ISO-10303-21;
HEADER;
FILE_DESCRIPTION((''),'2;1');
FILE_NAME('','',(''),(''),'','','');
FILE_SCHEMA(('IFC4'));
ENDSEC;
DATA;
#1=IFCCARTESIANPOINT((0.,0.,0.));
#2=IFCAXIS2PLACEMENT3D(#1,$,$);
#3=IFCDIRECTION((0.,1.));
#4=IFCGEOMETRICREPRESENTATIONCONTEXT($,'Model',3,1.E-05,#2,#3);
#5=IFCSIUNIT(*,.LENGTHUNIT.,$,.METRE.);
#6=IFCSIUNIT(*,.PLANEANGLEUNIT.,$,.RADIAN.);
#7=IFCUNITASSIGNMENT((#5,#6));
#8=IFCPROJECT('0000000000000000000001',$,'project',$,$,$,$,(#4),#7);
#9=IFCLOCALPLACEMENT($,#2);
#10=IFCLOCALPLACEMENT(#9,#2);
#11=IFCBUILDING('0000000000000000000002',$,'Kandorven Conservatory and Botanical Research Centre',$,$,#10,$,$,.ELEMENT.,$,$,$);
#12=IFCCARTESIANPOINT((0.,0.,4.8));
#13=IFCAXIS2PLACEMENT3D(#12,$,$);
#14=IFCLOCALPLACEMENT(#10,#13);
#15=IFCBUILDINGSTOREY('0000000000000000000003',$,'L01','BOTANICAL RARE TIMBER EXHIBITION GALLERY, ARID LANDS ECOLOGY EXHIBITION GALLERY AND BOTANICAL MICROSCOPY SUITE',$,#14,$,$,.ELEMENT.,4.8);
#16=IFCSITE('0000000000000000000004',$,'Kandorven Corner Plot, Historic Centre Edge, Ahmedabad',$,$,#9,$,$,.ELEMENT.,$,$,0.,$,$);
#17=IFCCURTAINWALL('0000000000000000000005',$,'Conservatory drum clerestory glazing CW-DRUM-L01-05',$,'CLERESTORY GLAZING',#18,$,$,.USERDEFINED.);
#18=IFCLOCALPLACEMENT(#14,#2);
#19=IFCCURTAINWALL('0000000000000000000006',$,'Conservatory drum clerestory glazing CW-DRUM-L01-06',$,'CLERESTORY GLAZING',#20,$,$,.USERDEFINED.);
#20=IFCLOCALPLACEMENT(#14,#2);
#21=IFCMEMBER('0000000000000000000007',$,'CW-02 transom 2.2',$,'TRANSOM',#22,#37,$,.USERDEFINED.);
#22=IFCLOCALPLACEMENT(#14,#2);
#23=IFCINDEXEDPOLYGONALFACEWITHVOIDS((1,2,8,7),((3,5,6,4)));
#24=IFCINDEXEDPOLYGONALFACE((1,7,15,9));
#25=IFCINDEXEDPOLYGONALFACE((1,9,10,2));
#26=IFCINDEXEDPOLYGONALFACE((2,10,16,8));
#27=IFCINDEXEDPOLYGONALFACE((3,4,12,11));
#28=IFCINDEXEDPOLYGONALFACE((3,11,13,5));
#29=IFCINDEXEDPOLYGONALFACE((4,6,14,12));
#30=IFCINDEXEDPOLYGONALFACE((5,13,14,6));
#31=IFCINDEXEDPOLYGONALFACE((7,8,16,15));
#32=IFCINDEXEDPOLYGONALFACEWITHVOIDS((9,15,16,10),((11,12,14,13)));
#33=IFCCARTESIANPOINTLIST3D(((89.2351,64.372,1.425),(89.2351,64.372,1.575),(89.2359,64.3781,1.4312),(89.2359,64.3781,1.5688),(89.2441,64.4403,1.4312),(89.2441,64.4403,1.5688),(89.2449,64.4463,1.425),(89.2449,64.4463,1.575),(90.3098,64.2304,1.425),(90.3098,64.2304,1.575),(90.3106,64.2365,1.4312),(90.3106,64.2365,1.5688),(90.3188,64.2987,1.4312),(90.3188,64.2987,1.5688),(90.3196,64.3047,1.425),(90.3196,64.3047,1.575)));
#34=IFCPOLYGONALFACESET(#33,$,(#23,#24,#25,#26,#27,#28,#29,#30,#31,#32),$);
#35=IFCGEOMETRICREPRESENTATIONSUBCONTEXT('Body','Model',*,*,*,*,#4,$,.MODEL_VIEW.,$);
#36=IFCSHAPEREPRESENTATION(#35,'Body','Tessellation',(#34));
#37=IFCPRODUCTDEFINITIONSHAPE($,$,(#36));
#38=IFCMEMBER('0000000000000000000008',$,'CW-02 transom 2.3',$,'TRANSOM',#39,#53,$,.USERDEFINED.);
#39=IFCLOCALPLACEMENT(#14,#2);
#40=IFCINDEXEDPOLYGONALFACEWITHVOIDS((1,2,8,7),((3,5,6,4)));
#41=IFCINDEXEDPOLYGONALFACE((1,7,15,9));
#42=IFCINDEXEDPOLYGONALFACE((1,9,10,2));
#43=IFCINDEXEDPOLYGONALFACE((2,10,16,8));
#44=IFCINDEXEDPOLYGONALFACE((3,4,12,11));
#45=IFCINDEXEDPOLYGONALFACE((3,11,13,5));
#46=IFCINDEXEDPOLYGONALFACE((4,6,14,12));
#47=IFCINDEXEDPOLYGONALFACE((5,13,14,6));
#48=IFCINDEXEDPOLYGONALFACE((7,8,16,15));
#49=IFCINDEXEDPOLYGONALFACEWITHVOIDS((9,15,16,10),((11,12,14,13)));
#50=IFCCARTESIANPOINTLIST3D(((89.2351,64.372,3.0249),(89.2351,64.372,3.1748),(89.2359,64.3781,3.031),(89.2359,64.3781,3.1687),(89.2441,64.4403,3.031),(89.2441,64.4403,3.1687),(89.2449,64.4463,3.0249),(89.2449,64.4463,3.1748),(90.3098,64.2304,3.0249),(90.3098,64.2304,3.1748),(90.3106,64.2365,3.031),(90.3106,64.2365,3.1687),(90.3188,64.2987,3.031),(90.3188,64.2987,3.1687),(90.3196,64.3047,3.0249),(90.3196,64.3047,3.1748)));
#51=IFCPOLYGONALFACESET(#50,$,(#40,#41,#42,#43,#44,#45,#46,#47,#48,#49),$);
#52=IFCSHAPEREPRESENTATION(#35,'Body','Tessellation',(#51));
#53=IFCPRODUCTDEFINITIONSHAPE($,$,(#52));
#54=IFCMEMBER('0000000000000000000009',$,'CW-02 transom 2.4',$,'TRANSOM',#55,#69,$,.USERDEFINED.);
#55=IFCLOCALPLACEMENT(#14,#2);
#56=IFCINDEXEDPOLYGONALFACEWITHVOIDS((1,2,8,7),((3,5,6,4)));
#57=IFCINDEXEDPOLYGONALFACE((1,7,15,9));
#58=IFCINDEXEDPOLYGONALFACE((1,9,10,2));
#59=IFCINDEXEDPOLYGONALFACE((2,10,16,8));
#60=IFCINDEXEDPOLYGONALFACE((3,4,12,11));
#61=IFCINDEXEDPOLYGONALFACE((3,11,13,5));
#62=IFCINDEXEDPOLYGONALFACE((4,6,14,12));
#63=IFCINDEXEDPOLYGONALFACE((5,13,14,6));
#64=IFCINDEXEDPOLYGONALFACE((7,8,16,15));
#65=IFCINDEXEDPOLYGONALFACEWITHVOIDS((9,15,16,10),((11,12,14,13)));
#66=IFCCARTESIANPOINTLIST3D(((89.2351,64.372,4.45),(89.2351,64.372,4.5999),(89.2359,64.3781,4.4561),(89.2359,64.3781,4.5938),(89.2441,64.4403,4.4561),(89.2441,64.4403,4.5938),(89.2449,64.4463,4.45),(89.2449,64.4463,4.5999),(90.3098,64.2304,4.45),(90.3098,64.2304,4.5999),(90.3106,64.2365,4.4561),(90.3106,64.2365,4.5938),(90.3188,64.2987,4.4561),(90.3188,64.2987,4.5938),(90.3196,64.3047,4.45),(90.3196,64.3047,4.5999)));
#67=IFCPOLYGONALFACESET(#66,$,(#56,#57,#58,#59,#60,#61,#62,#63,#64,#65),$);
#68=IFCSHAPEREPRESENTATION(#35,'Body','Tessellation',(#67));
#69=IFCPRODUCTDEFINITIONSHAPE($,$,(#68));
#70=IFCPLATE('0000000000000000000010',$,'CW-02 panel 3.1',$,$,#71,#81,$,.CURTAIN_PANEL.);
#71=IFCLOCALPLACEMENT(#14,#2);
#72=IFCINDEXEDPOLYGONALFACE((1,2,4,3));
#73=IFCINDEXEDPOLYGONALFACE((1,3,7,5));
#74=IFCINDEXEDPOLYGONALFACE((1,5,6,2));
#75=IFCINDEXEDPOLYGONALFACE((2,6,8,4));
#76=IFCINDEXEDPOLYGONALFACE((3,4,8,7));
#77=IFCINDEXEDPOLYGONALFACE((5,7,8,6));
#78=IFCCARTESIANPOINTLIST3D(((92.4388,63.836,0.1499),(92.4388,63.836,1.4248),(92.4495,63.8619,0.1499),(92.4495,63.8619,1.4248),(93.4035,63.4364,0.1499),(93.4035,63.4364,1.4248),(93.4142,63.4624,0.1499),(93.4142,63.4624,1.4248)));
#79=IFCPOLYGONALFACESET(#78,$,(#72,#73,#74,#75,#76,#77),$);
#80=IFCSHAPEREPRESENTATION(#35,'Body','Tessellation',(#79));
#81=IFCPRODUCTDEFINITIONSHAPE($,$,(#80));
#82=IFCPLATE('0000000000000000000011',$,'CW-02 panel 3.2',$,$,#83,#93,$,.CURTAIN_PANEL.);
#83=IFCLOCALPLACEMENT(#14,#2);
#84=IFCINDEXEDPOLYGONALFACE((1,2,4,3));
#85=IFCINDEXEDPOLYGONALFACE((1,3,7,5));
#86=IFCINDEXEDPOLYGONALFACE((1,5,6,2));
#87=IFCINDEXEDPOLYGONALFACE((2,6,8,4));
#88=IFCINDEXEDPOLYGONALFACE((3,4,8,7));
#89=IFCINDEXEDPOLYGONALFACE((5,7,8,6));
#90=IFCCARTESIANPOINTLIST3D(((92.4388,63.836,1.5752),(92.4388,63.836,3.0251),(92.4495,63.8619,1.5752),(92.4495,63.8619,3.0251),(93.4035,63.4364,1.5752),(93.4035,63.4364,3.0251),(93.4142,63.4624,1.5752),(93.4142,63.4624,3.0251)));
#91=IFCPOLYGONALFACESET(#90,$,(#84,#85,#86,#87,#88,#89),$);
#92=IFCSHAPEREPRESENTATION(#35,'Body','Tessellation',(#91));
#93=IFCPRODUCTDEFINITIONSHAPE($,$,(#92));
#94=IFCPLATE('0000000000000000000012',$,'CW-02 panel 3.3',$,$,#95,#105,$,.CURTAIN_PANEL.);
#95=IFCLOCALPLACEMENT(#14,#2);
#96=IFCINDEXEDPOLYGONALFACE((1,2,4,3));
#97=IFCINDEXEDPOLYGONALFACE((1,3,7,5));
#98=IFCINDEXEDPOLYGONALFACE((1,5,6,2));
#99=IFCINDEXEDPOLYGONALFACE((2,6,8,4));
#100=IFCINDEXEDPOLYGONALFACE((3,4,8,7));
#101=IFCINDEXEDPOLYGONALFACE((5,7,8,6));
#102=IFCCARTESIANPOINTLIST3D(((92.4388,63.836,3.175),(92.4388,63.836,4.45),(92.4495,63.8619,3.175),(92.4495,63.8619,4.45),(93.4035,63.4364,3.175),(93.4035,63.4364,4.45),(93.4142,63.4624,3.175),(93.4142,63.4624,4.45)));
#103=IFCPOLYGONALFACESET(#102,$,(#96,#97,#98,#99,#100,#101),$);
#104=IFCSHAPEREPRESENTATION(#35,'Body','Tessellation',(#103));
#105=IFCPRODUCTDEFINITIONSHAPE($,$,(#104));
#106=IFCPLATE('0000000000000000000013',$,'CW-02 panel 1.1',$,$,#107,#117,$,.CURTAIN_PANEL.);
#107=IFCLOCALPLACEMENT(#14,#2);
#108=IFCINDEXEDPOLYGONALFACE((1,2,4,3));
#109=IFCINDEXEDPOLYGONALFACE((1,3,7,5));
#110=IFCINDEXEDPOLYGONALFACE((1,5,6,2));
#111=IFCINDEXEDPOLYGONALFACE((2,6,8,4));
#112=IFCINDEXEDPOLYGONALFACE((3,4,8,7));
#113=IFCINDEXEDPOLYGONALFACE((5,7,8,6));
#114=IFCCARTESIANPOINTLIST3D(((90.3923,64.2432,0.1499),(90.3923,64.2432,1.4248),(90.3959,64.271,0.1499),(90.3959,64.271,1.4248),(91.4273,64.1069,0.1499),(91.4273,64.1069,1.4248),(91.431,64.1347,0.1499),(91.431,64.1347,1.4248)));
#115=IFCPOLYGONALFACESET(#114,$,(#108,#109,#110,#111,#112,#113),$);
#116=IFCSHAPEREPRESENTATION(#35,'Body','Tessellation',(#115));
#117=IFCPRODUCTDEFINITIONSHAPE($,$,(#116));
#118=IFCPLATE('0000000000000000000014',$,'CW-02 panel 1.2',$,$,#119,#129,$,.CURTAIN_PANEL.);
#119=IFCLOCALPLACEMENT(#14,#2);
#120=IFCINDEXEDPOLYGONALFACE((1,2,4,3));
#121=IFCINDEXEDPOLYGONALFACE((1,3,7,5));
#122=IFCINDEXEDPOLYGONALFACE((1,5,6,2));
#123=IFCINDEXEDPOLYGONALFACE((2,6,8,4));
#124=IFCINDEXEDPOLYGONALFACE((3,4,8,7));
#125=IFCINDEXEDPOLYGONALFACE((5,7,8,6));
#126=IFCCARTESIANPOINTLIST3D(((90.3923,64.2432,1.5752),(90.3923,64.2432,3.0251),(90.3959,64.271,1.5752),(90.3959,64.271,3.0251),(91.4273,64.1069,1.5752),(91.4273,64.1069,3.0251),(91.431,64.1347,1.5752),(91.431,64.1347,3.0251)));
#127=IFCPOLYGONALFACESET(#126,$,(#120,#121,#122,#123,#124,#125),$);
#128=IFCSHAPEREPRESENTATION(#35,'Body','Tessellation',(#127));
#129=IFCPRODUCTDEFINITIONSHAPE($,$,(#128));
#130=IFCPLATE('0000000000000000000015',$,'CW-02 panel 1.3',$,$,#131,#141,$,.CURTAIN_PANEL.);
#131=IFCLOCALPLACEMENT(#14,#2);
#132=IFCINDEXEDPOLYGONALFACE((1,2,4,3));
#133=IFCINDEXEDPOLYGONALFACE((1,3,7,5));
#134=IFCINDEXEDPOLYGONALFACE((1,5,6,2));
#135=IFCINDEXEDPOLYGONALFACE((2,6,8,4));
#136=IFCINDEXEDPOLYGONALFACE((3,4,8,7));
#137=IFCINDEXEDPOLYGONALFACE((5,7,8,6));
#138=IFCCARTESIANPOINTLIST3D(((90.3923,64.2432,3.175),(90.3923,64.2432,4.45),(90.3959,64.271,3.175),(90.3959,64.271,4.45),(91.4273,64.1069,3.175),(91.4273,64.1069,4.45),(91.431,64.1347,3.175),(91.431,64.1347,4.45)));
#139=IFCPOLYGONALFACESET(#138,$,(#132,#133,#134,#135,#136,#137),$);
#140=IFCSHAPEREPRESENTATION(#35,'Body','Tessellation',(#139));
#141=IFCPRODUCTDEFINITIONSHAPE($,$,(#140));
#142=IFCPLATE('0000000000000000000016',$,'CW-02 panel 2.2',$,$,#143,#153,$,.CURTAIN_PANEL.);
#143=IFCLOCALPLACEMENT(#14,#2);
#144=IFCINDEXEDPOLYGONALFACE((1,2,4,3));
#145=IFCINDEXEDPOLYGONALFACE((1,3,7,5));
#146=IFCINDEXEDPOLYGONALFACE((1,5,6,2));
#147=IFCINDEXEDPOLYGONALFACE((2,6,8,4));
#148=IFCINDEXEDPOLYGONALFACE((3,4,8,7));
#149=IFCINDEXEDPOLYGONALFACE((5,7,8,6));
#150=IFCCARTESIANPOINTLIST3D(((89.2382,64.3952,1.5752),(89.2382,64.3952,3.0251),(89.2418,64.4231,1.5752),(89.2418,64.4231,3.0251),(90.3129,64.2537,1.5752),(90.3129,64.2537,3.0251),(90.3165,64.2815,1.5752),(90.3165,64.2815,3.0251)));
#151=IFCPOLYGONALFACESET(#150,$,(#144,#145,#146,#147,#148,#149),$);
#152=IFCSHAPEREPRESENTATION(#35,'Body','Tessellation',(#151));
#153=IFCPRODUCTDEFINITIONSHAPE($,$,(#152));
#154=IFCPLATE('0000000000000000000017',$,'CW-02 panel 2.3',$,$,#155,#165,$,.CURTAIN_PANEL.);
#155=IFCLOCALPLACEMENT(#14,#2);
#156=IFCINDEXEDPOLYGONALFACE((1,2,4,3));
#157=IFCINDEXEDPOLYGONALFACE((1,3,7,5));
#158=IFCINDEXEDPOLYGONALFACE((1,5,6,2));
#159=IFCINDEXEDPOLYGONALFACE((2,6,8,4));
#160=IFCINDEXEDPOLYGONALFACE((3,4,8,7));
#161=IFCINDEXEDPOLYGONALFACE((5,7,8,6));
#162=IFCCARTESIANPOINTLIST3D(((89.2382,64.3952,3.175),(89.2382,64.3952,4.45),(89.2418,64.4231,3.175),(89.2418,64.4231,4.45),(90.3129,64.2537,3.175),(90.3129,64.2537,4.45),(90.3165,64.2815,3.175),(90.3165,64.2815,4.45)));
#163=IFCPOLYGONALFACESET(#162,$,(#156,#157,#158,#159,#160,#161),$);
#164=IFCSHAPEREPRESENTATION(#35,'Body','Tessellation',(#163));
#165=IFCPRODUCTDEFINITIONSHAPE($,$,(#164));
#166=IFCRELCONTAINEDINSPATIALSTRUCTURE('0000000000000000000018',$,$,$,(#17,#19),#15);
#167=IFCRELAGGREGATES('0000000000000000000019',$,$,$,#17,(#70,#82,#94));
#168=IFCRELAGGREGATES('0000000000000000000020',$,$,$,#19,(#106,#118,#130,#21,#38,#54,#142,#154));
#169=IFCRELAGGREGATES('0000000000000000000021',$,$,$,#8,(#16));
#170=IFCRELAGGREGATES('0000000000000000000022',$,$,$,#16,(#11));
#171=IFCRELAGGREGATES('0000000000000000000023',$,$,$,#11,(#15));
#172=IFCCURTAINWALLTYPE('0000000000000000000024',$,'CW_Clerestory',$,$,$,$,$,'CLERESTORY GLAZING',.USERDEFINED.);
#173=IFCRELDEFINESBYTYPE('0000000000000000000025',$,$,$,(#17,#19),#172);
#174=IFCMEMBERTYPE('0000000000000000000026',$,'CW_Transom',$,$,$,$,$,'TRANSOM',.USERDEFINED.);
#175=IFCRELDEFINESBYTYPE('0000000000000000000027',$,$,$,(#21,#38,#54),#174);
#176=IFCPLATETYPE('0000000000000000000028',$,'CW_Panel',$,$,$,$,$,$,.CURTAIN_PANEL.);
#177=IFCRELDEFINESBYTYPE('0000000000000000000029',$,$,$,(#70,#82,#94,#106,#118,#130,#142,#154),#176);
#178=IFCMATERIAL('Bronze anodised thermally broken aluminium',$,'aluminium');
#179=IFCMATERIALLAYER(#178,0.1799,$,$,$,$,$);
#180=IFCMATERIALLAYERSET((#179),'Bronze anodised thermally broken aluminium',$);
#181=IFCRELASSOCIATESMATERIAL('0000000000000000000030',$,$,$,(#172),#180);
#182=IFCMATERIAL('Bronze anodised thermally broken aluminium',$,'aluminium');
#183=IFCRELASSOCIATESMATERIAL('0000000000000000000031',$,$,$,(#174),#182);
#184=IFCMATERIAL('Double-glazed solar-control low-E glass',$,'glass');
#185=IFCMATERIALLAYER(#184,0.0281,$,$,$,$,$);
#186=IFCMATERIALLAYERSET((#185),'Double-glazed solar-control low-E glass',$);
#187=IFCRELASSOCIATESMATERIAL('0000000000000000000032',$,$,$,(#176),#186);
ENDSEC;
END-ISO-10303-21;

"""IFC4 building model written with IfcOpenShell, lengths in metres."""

from ifc_helpers import new_model, si_unit, direction, frame, origin, origin_2d, place, context, subcontext, project, spatial, rectangle, hollow_rectangle, extrude, material, layer, layer_set, material_profile, profile_set, type_object, element, aggregate, save


model = new_model("IFC4")

# Units and contexts
model_context = context("Model", 3, precision=1e-05, world=origin(), true_north=direction((0.0, 1.0)))
body_context = subcontext(model_context, "Body", "Model", "MODEL_VIEW")
ifc_project = project(units=[si_unit("LENGTHUNIT", "METRE"), si_unit("PLANEANGLEUNIT", "RADIAN")], contexts=[model_context])

# Site, building, storey
site_placement = place(None, origin())
site = spatial("IfcSite", under=ifc_project, at=site_placement, Name="Kandorven Corner Plot, Historic Centre Edge, Ahmedabad", CompositionType="ELEMENT", RefElevation=0.0)
building_placement = place(site_placement, origin())
building = spatial("IfcBuilding", under=site, at=building_placement, Name="Kandorven Conservatory and Botanical Research Centre", CompositionType="ELEMENT")
storey_placement = place(building_placement, frame((0.0, 0.0, 4.8)))
storey = spatial("IfcBuildingStorey", under=building, at=storey_placement, Name="L01", Description="BOTANICAL RARE TIMBER EXHIBITION GALLERY, ARID LANDS ECOLOGY EXHIBITION GALLERY AND BOTANICAL MICROSCOPY SUITE", CompositionType="ELEMENT", Elevation=4.8)

# Curtain wall
ifc_material_1 = material(Name="Bronze anodised thermally broken aluminium", Category="aluminium")
ifc_layer_1 = layer(ifc_material_1, 0.1799)
ifc_layer_set_1 = layer_set([ifc_layer_1], Name="Bronze anodised thermally broken aluminium")
curtain_wall_type = type_object("IfcCurtainWallType", Name="CW_Clerestory", ElementType="CLERESTORY GLAZING", PredefinedType="USERDEFINED", material=ifc_layer_set_1)
curtain_wall_1_placement = place(storey_placement, origin())
curtain_wall_1 = element("IfcCurtainWall", 1, at=curtain_wall_1_placement, inside=storey, type_object=curtain_wall_type, Name="Conservatory drum clerestory glazing CW-DRUM-L01-05", ObjectType="CLERESTORY GLAZING", PredefinedType="USERDEFINED")

# Curtain wall
curtain_wall_2_placement = place(storey_placement, origin())
curtain_wall_2 = element("IfcCurtainWall", 2, at=curtain_wall_2_placement, inside=storey, type_object=curtain_wall_type, Name="Conservatory drum clerestory glazing CW-DRUM-L01-06", ObjectType="CLERESTORY GLAZING", PredefinedType="USERDEFINED")

# Members
ifc_material_2 = material(Name="Bronze anodised thermally broken aluminium", Category="aluminium")
ifc_material_profile_1 = material_profile(ifc_material_2, hollow_rectangle(XDim=0.075, YDim=0.1499, WallThickness=0.0061, at=origin_2d()))
ifc_profile_set_1 = profile_set([ifc_material_profile_1], Name="Bronze anodised thermally broken aluminium")
member_type_1 = type_object("IfcMemberType", Name="CW_Transom", ElementType="TRANSOM", PredefinedType="USERDEFINED", material=ifc_profile_set_1)
member_1_placement = place(storey_placement, frame((90.3147, 64.2676, 1.5), z_axis=(-0.991431, 0.130629, 0.0), x_axis=(-0.130629, -0.991431, 0.0)))
member_1 = element("IfcMember", 3, at=member_1_placement, type_object=member_type_1, Name="CW-02 transom 2.2", ObjectType="TRANSOM", PredefinedType="USERDEFINED", context=body_context, shape_type="SweptSolid", body=[
    extrude(hollow_rectangle(XDim=0.075, YDim=0.1499, WallThickness=0.0061, at=origin_2d()), origin(), (0.0, 0.0, 1.0), 1.084),
])
member_2_placement = place(storey_placement, frame((90.3147, 64.2676, 3.0999), z_axis=(-0.991431, 0.130629, 0.0), x_axis=(-0.130629, -0.991431, 0.0)))
member_2 = element("IfcMember", 4, at=member_2_placement, type_object=member_type_1, Name="CW-02 transom 2.3", ObjectType="TRANSOM", PredefinedType="USERDEFINED", context=body_context, shape_type="SweptSolid", body=[
    extrude(hollow_rectangle(XDim=0.075, YDim=0.1499, WallThickness=0.0061, at=origin_2d()), origin(), (0.0, 0.0, 1.0), 1.084),
])
member_3_placement = place(storey_placement, frame((90.3147, 64.2676, 4.5249), z_axis=(-0.991431, 0.130629, 0.0), x_axis=(-0.130629, -0.991431, 0.0)))
member_3 = element("IfcMember", 5, at=member_3_placement, type_object=member_type_1, Name="CW-02 transom 2.4", ObjectType="TRANSOM", PredefinedType="USERDEFINED", context=body_context, shape_type="SweptSolid", body=[
    extrude(hollow_rectangle(XDim=0.075, YDim=0.1499, WallThickness=0.0061, at=origin_2d()), origin(), (0.0, 0.0, 1.0), 1.084),
])

# Plates
ifc_material_3 = material(Name="Double-glazed solar-control low-E glass", Category="glass")
ifc_layer_2 = layer(ifc_material_3, 0.0281)
ifc_layer_set_2 = layer_set([ifc_layer_2], Name="Double-glazed solar-control low-E glass")
plate_type = type_object("IfcPlateType", Name="CW_Panel", PredefinedType="CURTAIN_PANEL", material=ifc_layer_set_2)
plate_1_placement = place(storey_placement, frame((92.9265, 63.6492, 0.1499), z_axis=(0.0, 0.0, 1.0), x_axis=(-0.923886, 0.382669, 0.0)))
plate_1 = element("IfcPlate", 6, at=plate_1_placement, type_object=plate_type, Name="CW-02 panel 3.1", PredefinedType="CURTAIN_PANEL", context=body_context, shape_type="SweptSolid", body=[
    extrude(rectangle(XDim=1.0442, YDim=0.0281, at=origin_2d()), origin(), (0.0, 0.0, 1.0), 1.2749),
])
plate_2_placement = place(storey_placement, frame((92.9265, 63.6492, 1.5752), z_axis=(0.0, 0.0, 1.0), x_axis=(-0.923886, 0.382669, 0.0)))
plate_2 = element("IfcPlate", 7, at=plate_2_placement, type_object=plate_type, Name="CW-02 panel 3.2", PredefinedType="CURTAIN_PANEL", context=body_context, shape_type="SweptSolid", body=[
    extrude(rectangle(XDim=1.0442, YDim=0.0281, at=origin_2d()), origin(), (0.0, 0.0, 1.0), 1.45),
])
plate_3_placement = place(storey_placement, frame((92.9265, 63.6492, 3.175), z_axis=(0.0, 0.0, 1.0), x_axis=(-0.923886, 0.382669, 0.0)))
plate_3 = element("IfcPlate", 8, at=plate_3_placement, type_object=plate_type, Name="CW-02 panel 3.3", PredefinedType="CURTAIN_PANEL", context=body_context, shape_type="SweptSolid", body=[
    extrude(rectangle(XDim=1.0442, YDim=0.0281, at=origin_2d()), origin(), (0.0, 0.0, 1.0), 1.2749),
])
aggregate(curtain_wall_1, [plate_1, plate_2, plate_3])
plate_4_placement = place(storey_placement, frame((90.9116, 64.189, 0.1499), z_axis=(0.0, 0.0, 1.0), x_axis=(-0.991441, 0.130552, 0.0)))
plate_4 = element("IfcPlate", 9, at=plate_4_placement, type_object=plate_type, Name="CW-02 panel 1.1", PredefinedType="CURTAIN_PANEL", context=body_context, shape_type="SweptSolid", body=[
    extrude(rectangle(XDim=1.0439, YDim=0.0281, at=origin_2d()), origin(), (0.0, 0.0, 1.0), 1.2749),
])
plate_5_placement = place(storey_placement, frame((90.9116, 64.189, 1.5752), z_axis=(0.0, 0.0, 1.0), x_axis=(-0.991441, 0.130552, 0.0)))
plate_5 = element("IfcPlate", 10, at=plate_5_placement, type_object=plate_type, Name="CW-02 panel 1.2", PredefinedType="CURTAIN_PANEL", context=body_context, shape_type="SweptSolid", body=[
    extrude(rectangle(XDim=1.0439, YDim=0.0281, at=origin_2d()), origin(), (0.0, 0.0, 1.0), 1.45),
])
plate_6_placement = place(storey_placement, frame((90.9116, 64.189, 3.175), z_axis=(0.0, 0.0, 1.0), x_axis=(-0.991441, 0.130552, 0.0)))
plate_6 = element("IfcPlate", 11, at=plate_6_placement, type_object=plate_type, Name="CW-02 panel 1.3", PredefinedType="CURTAIN_PANEL", context=body_context, shape_type="SweptSolid", body=[
    extrude(rectangle(XDim=1.0439, YDim=0.0281, at=origin_2d()), origin(), (0.0, 0.0, 1.0), 1.2749),
])
plate_7_placement = place(storey_placement, frame((89.7773, 64.3384, 1.5752), z_axis=(0.0, 0.0, 1.0), x_axis=(-0.991441, 0.130552, 0.0)))
plate_7 = element("IfcPlate", 12, at=plate_7_placement, type_object=plate_type, Name="CW-02 panel 2.2", PredefinedType="CURTAIN_PANEL", context=body_context, shape_type="SweptSolid", body=[
    extrude(rectangle(XDim=1.084, YDim=0.0281, at=origin_2d()), origin(), (0.0, 0.0, 1.0), 1.45),
])
plate_8_placement = place(storey_placement, frame((89.7773, 64.3384, 3.175), z_axis=(0.0, 0.0, 1.0), x_axis=(-0.991441, 0.130552, 0.0)))
plate_8 = element("IfcPlate", 13, at=plate_8_placement, type_object=plate_type, Name="CW-02 panel 2.3", PredefinedType="CURTAIN_PANEL", context=body_context, shape_type="SweptSolid", body=[
    extrude(rectangle(XDim=1.084, YDim=0.0281, at=origin_2d()), origin(), (0.0, 0.0, 1.0), 1.2749),
])
aggregate(curtain_wall_2, [plate_4, plate_5, plate_6, member_1, member_2, member_3, plate_7, plate_8])

save(model, "model.ifc")
